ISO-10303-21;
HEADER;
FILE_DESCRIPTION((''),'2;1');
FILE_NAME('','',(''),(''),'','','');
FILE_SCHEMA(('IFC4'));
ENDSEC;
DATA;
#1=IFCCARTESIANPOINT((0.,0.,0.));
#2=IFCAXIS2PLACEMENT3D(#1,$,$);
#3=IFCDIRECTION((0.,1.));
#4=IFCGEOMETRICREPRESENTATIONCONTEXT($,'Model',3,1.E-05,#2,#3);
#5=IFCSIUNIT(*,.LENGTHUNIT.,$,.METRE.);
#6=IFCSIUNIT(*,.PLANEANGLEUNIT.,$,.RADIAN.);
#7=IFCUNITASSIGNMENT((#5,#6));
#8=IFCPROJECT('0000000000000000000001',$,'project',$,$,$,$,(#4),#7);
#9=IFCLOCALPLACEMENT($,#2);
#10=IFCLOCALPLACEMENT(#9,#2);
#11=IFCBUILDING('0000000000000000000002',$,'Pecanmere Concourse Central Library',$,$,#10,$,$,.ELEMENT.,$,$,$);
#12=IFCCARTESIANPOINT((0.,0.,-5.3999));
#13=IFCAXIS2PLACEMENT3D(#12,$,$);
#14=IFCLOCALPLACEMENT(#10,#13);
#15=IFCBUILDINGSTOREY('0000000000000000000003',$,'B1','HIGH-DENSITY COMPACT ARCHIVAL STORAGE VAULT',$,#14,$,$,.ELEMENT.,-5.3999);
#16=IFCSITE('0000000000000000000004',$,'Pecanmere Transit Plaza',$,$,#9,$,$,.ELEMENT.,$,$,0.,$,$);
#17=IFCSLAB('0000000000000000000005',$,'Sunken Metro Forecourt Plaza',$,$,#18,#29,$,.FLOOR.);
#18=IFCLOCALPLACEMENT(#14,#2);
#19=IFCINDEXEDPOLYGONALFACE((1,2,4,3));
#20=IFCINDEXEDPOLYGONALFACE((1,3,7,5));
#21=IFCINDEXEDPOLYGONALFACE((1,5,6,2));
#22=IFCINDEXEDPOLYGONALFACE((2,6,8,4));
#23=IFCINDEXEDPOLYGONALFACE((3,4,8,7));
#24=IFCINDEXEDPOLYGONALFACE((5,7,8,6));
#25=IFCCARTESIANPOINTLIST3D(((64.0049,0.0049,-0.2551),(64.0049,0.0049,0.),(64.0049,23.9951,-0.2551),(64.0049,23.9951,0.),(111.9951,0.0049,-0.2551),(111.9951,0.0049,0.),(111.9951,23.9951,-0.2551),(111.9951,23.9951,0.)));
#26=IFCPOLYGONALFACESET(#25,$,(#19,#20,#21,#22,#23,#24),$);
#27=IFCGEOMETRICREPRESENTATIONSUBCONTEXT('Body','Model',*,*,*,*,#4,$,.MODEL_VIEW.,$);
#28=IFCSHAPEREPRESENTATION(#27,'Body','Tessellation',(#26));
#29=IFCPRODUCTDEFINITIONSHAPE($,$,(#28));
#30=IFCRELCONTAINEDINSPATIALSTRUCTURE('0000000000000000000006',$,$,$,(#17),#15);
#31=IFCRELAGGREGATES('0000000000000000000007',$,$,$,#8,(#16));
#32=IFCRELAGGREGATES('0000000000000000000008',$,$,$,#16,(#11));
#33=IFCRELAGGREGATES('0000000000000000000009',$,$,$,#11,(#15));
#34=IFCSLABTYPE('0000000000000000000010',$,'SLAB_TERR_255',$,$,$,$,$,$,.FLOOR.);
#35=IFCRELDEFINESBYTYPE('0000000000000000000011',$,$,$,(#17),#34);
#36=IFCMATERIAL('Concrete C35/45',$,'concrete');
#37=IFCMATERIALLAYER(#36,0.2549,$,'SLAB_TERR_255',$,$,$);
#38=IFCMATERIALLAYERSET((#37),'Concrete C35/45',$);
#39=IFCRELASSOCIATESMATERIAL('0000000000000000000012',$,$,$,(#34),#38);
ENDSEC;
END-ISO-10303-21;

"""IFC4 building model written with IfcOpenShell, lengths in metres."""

from ifc_helpers import new_model, si_unit, direction, frame, origin, place, context, subcontext, project, spatial, polyline, outline, extrude, material, layer, layer_set, type_object, element, save


model = new_model("IFC4")

# Units and contexts
model_context = context("Model", 3, precision=1e-05, world=origin(), true_north=direction((0.0, 1.0)))
body_context = subcontext(model_context, "Body", "Model", "MODEL_VIEW")
ifc_project = project(units=[si_unit("LENGTHUNIT", "METRE"), si_unit("PLANEANGLEUNIT", "RADIAN")], contexts=[model_context])

# Site, building, storey
site_placement = place(None, origin())
site = spatial("IfcSite", under=ifc_project, at=site_placement, Name="Pecanmere Transit Plaza", CompositionType="ELEMENT", RefElevation=0.0)
building_placement = place(site_placement, origin())
building = spatial("IfcBuilding", under=site, at=building_placement, Name="Pecanmere Concourse Central Library", CompositionType="ELEMENT")
storey_placement = place(building_placement, frame((0.0, 0.0, -5.3999)))
storey = spatial("IfcBuildingStorey", under=building, at=storey_placement, Name="B1", Description="HIGH-DENSITY COMPACT ARCHIVAL STORAGE VAULT", CompositionType="ELEMENT", Elevation=-5.3999)

# Slab
ifc_material_1 = material(Name="Concrete C35/45", Category="concrete")
ifc_layer_1 = layer(ifc_material_1, 0.2549, Name="SLAB_TERR_255")
ifc_layer_set_1 = layer_set([ifc_layer_1], Name="Concrete C35/45")
slab_type_1 = type_object("IfcSlabType", Name="SLAB_TERR_255", PredefinedType="FLOOR", material=ifc_layer_set_1)
slab_1_placement = place(storey_placement, frame((0.0, 0.0, -0.2551)))
element("IfcSlab", 1, at=slab_1_placement, inside=storey, type_object=slab_type_1, Name="Sunken Metro Forecourt Plaza", PredefinedType="FLOOR", context=body_context, shape_type="SweptSolid", body=[
    extrude(outline(polyline([(111.9951, 0.0049), (64.0049, 0.0049), (64.0049, 23.9951), (111.9951, 23.9951), (111.9951, 0.0049)])), origin(), (0.0, 0.0, 1.0), 0.2551),
])

save(model, "model.ifc")
